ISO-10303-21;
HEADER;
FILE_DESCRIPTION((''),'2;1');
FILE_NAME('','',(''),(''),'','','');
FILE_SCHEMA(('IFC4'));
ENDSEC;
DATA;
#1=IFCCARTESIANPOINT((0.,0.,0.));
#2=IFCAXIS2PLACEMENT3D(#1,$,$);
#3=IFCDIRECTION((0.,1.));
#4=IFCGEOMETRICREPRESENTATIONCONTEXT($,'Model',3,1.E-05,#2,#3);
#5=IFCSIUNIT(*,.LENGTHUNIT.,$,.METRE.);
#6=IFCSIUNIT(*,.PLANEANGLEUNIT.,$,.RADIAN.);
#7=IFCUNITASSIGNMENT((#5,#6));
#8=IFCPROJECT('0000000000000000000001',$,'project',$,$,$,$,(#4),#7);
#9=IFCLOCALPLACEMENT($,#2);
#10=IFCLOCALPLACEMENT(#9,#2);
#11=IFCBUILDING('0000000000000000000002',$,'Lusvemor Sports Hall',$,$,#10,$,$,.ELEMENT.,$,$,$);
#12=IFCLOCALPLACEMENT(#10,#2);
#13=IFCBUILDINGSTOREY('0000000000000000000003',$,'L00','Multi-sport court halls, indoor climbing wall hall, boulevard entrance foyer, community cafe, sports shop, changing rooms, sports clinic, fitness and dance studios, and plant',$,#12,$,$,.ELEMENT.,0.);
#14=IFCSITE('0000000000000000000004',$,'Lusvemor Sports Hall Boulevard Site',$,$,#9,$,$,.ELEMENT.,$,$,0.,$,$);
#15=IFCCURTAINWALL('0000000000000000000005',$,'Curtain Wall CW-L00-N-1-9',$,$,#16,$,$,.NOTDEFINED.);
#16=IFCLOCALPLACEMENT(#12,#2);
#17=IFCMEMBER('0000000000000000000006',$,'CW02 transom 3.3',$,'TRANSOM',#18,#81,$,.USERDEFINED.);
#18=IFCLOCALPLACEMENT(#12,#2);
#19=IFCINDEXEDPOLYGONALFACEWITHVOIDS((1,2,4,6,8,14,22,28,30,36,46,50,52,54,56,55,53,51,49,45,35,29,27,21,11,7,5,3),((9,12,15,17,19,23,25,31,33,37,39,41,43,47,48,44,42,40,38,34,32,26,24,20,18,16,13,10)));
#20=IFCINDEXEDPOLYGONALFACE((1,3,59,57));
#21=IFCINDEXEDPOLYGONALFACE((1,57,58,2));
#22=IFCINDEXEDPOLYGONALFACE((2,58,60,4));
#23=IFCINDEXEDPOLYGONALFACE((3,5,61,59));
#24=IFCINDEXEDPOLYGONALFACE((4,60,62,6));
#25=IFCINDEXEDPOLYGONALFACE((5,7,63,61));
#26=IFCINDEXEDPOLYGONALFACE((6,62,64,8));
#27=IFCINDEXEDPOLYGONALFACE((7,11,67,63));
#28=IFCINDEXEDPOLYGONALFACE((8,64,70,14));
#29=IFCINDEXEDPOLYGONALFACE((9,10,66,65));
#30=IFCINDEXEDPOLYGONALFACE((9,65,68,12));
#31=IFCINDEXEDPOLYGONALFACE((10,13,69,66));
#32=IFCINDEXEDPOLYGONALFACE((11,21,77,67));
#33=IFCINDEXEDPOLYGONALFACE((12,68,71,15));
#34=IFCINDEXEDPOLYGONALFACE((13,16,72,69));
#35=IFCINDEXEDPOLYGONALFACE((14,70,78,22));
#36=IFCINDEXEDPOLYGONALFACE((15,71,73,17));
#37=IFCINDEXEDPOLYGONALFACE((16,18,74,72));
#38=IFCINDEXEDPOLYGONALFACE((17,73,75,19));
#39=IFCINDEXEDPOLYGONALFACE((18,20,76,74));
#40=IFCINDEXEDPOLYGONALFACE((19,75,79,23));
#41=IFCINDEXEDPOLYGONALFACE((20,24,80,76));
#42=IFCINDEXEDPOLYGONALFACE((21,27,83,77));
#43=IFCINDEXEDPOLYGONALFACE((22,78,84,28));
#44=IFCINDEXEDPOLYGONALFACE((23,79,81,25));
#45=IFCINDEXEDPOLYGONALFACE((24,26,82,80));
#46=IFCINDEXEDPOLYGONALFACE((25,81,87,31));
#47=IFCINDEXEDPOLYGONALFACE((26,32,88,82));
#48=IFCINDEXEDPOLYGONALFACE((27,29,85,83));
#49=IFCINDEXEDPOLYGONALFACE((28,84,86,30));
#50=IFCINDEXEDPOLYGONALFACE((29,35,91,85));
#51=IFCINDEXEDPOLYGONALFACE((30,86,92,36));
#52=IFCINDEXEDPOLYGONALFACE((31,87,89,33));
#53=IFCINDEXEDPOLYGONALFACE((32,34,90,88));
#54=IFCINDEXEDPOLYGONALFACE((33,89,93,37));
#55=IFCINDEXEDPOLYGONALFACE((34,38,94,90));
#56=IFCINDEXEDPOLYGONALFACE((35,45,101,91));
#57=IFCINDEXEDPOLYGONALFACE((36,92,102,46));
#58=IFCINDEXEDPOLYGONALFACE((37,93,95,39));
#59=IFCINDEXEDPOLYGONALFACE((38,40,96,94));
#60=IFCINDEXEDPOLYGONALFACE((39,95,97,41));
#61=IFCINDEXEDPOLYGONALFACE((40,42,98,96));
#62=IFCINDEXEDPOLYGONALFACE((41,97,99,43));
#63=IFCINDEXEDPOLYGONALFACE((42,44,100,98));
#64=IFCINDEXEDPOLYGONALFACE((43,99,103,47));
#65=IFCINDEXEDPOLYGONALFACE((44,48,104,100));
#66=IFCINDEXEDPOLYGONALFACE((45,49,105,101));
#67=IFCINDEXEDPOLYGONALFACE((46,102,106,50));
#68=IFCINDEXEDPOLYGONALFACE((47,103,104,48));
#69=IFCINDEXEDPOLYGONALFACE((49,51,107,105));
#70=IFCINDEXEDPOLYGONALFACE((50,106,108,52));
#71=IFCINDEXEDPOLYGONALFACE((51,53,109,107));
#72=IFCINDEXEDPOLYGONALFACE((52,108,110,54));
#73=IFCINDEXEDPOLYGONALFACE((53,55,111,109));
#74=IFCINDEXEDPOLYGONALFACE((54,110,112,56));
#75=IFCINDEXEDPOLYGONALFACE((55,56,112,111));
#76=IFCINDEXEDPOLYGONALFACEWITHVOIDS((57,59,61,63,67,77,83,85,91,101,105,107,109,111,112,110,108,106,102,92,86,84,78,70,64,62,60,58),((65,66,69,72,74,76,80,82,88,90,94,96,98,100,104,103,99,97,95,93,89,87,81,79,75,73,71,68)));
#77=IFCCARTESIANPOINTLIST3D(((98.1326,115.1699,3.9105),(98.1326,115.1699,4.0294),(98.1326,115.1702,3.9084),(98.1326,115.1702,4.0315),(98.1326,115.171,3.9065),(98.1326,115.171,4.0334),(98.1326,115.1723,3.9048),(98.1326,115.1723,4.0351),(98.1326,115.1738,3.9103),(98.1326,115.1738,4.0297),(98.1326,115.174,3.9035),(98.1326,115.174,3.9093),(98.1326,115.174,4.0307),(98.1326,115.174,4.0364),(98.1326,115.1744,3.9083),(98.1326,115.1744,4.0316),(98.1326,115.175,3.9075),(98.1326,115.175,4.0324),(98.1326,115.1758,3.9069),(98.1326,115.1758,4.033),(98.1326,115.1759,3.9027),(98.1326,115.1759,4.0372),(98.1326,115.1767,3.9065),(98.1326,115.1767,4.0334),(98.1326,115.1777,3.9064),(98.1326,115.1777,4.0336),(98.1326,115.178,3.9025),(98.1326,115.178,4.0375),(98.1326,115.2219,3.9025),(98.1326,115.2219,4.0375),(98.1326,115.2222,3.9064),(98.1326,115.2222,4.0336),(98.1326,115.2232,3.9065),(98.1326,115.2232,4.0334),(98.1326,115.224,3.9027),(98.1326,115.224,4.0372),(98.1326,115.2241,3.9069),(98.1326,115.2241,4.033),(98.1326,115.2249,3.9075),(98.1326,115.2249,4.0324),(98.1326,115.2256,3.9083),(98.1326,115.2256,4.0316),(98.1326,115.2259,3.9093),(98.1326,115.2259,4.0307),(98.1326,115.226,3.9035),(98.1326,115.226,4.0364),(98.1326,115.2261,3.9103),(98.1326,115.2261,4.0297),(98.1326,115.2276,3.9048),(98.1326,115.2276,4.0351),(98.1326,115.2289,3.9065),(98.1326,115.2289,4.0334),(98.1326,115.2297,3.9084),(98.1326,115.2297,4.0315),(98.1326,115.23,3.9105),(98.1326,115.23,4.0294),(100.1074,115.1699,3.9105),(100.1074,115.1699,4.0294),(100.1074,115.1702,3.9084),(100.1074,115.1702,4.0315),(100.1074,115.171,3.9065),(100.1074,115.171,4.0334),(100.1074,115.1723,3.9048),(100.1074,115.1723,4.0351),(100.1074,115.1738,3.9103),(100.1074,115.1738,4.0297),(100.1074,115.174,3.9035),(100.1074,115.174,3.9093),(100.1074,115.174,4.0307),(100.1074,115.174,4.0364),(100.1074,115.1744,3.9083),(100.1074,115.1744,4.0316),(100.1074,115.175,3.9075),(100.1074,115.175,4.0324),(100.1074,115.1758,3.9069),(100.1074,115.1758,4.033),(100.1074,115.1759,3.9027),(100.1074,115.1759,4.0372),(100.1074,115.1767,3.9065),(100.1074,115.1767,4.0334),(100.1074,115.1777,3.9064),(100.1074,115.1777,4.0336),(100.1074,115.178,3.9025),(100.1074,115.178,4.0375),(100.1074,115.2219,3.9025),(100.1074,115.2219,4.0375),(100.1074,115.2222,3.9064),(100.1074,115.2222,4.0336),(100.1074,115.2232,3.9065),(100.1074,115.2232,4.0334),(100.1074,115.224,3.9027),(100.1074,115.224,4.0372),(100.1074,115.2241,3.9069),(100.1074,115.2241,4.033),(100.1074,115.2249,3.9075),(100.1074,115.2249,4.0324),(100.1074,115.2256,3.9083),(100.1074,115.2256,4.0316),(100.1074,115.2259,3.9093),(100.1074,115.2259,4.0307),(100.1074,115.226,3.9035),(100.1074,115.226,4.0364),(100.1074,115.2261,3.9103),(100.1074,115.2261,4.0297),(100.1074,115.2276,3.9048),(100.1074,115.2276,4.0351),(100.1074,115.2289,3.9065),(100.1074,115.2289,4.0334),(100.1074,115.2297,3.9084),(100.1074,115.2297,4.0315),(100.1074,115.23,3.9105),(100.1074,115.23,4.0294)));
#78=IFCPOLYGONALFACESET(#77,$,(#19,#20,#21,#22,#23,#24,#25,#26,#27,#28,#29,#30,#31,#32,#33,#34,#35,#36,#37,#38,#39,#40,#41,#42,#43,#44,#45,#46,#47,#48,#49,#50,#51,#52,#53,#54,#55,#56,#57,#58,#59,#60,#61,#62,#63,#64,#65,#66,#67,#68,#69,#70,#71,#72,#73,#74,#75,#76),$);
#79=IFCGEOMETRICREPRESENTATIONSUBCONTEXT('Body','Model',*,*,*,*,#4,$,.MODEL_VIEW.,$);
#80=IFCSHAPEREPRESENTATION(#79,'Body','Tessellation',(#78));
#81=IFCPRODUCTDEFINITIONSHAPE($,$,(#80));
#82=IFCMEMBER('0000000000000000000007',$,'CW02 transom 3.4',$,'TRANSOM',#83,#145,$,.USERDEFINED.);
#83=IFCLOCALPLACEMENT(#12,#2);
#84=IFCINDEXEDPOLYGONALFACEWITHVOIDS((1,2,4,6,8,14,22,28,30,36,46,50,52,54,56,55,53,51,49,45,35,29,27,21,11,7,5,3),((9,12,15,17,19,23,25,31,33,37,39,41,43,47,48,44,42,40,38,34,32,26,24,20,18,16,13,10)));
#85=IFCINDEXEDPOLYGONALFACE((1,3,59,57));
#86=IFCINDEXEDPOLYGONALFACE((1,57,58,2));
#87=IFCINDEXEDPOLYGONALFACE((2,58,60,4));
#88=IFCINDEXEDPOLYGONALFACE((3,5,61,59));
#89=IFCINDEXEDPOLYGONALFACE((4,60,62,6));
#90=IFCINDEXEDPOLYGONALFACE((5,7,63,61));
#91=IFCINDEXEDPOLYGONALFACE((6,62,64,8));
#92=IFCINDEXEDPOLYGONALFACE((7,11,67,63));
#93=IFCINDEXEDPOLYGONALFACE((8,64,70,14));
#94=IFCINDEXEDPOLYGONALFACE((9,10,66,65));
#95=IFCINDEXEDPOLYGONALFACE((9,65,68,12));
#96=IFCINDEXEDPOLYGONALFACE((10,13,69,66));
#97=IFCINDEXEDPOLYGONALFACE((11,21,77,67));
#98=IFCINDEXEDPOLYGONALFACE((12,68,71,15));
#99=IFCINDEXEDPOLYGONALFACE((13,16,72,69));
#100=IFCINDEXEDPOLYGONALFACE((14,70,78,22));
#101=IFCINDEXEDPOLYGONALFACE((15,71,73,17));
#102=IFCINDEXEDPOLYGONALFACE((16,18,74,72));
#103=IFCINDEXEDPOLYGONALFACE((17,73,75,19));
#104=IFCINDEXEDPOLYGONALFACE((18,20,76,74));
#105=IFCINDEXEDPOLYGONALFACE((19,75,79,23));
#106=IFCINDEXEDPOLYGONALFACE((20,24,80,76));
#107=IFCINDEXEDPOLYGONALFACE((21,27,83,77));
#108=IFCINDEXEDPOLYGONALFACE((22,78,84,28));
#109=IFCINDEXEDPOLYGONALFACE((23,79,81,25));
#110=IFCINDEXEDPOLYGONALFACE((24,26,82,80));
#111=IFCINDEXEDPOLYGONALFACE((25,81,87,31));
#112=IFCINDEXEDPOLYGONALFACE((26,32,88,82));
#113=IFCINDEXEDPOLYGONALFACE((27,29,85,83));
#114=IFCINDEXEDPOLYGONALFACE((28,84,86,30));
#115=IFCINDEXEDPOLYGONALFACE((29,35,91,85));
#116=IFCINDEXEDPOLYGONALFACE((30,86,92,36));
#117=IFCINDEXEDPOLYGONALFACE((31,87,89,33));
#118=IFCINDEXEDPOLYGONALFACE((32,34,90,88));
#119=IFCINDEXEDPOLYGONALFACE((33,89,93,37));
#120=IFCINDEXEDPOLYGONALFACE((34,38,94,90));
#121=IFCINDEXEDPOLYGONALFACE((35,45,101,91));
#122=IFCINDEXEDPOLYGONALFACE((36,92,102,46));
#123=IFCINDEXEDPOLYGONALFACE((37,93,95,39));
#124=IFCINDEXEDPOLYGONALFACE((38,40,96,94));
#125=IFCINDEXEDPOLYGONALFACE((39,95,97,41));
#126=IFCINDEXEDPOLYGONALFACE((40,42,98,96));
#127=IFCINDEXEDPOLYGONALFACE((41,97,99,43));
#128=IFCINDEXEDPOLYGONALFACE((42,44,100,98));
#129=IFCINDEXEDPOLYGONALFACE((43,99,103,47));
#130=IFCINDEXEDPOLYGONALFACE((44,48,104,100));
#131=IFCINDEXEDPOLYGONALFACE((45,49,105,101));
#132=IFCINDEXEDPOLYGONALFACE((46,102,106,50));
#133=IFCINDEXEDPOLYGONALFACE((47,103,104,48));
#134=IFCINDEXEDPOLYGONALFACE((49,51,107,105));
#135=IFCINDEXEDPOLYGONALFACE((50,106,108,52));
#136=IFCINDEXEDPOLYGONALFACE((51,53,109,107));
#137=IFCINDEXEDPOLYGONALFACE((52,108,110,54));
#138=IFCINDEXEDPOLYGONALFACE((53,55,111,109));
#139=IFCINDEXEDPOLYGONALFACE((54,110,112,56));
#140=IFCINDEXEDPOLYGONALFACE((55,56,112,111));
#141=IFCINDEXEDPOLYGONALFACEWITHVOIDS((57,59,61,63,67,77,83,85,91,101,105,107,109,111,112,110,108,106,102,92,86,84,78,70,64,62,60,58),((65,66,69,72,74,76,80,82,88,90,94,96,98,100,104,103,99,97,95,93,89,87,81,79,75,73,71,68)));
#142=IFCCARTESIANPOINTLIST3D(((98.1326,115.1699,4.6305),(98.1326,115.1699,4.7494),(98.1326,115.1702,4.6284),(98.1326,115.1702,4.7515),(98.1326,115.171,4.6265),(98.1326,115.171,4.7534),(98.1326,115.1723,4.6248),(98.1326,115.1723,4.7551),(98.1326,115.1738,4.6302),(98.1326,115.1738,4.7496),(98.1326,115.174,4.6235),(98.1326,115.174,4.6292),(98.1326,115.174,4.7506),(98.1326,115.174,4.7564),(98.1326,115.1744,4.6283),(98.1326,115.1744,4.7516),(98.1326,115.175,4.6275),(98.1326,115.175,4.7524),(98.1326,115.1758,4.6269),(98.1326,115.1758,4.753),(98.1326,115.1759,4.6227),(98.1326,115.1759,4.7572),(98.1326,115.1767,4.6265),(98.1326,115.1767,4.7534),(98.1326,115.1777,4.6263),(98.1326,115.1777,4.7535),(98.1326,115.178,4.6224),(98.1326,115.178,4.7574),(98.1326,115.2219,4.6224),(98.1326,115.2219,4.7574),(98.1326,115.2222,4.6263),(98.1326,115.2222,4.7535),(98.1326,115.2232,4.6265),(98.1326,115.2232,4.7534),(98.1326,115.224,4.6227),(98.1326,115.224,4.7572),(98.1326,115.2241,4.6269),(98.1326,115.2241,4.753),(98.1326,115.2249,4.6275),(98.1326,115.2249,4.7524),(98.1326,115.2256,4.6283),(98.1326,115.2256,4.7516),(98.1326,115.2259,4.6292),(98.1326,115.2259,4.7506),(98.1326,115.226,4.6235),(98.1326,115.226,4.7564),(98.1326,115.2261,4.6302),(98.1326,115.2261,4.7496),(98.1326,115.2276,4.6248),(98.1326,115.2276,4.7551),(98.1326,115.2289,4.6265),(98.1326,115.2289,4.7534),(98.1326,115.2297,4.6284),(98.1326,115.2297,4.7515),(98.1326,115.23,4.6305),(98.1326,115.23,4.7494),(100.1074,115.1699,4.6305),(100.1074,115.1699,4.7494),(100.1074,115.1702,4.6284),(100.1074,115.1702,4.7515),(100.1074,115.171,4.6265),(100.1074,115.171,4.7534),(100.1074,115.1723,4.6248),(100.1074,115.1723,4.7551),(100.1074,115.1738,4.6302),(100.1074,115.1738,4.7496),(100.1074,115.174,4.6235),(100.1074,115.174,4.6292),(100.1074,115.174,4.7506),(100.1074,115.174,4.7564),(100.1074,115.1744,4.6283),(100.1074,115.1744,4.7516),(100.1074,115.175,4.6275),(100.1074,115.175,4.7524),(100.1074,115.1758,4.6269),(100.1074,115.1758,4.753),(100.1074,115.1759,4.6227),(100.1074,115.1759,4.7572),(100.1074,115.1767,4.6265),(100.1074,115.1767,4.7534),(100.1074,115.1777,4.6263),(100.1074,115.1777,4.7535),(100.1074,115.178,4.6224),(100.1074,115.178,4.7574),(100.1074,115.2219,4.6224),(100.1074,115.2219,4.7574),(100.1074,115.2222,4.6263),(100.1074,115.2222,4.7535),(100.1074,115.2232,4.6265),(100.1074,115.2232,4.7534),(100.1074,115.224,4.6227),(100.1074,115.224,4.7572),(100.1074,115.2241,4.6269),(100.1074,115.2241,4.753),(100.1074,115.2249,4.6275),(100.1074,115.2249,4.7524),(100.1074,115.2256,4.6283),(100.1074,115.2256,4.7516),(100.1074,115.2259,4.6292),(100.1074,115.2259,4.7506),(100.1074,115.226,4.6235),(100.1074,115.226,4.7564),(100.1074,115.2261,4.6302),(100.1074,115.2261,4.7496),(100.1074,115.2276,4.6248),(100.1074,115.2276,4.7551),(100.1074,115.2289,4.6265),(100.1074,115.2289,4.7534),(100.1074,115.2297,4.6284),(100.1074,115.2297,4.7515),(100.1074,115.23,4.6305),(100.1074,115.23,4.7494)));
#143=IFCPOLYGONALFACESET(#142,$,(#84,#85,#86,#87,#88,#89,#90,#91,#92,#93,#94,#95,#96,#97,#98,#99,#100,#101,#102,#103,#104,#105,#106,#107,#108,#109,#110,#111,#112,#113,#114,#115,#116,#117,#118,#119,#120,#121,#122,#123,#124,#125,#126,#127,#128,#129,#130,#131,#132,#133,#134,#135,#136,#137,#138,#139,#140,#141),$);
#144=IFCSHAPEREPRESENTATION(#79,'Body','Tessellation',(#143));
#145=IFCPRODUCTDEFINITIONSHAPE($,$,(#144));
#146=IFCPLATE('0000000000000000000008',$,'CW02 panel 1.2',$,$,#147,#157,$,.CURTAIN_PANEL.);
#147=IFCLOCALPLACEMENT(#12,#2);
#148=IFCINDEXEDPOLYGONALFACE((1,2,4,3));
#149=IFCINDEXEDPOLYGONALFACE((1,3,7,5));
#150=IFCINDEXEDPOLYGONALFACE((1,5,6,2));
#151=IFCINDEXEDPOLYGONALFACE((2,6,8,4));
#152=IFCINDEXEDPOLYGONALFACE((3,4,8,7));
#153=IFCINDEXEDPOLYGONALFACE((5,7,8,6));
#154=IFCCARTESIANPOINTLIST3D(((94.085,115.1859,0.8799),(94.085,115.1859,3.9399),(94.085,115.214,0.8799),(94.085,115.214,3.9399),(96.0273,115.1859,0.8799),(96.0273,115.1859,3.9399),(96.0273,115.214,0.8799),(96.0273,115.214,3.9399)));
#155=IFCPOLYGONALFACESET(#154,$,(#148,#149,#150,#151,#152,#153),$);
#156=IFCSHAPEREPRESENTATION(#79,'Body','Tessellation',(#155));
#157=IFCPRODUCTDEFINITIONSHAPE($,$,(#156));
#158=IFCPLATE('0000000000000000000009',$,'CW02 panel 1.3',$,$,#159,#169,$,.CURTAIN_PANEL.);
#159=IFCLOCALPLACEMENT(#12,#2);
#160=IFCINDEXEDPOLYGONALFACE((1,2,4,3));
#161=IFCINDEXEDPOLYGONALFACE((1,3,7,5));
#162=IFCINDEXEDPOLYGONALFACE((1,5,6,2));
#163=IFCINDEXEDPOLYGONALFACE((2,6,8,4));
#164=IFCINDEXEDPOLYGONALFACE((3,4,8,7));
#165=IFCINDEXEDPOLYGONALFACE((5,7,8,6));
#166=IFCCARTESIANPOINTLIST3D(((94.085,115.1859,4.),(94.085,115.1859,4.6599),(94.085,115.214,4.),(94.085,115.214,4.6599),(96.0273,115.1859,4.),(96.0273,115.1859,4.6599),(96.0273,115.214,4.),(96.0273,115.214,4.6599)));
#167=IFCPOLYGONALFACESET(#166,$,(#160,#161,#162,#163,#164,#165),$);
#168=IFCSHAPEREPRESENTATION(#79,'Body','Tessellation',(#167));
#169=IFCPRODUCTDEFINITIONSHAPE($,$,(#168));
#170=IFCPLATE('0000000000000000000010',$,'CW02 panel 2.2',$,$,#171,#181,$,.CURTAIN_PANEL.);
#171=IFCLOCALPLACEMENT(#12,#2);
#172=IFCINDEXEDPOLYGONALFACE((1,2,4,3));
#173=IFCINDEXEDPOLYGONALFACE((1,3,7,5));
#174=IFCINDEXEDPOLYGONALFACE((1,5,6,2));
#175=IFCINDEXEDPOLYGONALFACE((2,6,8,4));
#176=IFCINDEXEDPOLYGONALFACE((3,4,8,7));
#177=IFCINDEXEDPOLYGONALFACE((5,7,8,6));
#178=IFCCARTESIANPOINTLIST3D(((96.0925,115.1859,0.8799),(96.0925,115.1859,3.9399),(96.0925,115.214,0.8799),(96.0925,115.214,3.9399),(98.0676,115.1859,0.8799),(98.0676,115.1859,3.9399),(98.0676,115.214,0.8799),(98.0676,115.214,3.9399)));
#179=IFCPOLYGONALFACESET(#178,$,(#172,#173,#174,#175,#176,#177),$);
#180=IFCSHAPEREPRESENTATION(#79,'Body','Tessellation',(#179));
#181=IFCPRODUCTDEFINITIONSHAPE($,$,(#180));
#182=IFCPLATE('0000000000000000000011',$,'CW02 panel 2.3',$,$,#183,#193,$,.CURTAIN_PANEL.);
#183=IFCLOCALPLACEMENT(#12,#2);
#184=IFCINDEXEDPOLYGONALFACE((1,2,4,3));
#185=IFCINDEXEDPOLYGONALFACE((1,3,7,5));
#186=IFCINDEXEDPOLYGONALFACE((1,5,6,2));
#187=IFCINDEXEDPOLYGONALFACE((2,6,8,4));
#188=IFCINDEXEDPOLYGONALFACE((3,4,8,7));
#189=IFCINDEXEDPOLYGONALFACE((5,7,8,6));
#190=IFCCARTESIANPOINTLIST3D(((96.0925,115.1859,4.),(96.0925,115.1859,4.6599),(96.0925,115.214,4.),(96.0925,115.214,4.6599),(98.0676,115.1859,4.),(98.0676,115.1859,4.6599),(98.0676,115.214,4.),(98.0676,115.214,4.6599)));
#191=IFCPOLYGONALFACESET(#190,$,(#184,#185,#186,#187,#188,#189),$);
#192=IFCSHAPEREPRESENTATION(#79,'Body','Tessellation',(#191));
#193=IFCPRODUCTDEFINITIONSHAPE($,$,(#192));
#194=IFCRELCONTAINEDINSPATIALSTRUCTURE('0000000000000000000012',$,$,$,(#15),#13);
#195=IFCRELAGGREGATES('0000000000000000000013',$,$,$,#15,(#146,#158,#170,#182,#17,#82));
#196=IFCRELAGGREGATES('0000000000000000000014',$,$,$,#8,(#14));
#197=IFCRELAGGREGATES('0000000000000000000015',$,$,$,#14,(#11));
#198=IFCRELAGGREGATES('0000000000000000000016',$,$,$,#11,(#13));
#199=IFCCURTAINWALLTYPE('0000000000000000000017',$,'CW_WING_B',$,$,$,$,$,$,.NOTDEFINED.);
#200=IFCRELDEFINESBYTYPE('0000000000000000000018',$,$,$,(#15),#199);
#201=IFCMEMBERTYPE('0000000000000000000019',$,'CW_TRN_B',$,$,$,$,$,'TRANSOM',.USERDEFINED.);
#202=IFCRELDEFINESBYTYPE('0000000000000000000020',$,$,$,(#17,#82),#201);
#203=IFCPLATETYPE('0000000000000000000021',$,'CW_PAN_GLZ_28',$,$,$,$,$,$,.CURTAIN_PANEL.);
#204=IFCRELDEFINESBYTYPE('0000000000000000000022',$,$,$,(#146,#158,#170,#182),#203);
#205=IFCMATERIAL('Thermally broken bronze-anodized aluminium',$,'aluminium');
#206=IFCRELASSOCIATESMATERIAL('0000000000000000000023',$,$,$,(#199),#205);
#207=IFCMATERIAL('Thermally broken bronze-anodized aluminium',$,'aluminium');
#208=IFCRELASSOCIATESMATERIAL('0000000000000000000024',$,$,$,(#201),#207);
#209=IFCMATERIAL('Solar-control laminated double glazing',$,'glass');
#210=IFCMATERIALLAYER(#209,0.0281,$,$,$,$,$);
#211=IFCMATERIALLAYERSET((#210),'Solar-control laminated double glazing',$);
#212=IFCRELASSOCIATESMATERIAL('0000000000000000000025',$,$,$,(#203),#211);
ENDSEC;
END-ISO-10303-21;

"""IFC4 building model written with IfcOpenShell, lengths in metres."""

from ifc_helpers import new_model, si_unit, direction, frame, origin, origin_2d, place, context, subcontext, project, spatial, rectangle, hollow_rectangle, extrude, material, layer, layer_set, material_profile, profile_set, type_object, element, aggregate, save


model = new_model("IFC4")

# Units and contexts
model_context = context("Model", 3, precision=1e-05, world=origin(), true_north=direction((0.0, 1.0)))
body_context = subcontext(model_context, "Body", "Model", "MODEL_VIEW")
ifc_project = project(units=[si_unit("LENGTHUNIT", "METRE"), si_unit("PLANEANGLEUNIT", "RADIAN")], contexts=[model_context])

# Site, building, storey
site_placement = place(None, origin())
site = spatial("IfcSite", under=ifc_project, at=site_placement, Name="Lusvemor Sports Hall Boulevard Site", CompositionType="ELEMENT", RefElevation=0.0)
building_placement = place(site_placement, origin())
building = spatial("IfcBuilding", under=site, at=building_placement, Name="Lusvemor Sports Hall", CompositionType="ELEMENT")
storey_placement = place(building_placement, origin())
storey = spatial("IfcBuildingStorey", under=building, at=storey_placement, Name="L00", Description="Multi-sport court halls, indoor climbing wall hall, boulevard entrance foyer, community cafe, sports shop, changing rooms, sports clinic, fitness and dance studios, and plant", CompositionType="ELEMENT", Elevation=0.0)

# Curtain wall, members, plates
ifc_material_1 = material(Name="Thermally broken bronze-anodized aluminium", Category="aluminium")
curtain_wall_type = type_object("IfcCurtainWallType", Name="CW_WING_B", PredefinedType="NOTDEFINED", material=ifc_material_1)
curtain_wall_placement = place(storey_placement, origin())
curtain_wall = element("IfcCurtainWall", 1, at=curtain_wall_placement, inside=storey, type_object=curtain_wall_type, Name="Curtain Wall CW-L00-N-1-9", PredefinedType="NOTDEFINED")
ifc_material_2 = material(Name="Thermally broken bronze-anodized aluminium", Category="aluminium")
ifc_material_profile_1 = material_profile(ifc_material_2, hollow_rectangle(XDim=0.0601, YDim=0.135, WallThickness=0.0039, InnerFilletRadius=0.0039, OuterFilletRadius=0.0081, at=origin_2d()), Name="CWTRN135x60x4")
ifc_profile_set_1 = profile_set([ifc_material_profile_1], Name="Thermally broken bronze-anodized aluminium")
member_type_1 = type_object("IfcMemberType", Name="CW_TRN_B", ElementType="TRANSOM", PredefinedType="USERDEFINED", material=ifc_profile_set_1)
member_1_placement = place(storey_placement, frame((98.1326, 115.2, 3.97), z_axis=(1.0, 0.0, 0.0), x_axis=(0.0, 1.0, 0.0)))
member_1 = element("IfcMember", 2, at=member_1_placement, type_object=member_type_1, Name="CW02 transom 3.3", ObjectType="TRANSOM", PredefinedType="USERDEFINED", context=body_context, shape_type="SweptSolid", body=[
    extrude(hollow_rectangle(XDim=0.0601, YDim=0.135, WallThickness=0.0039, InnerFilletRadius=0.0039, OuterFilletRadius=0.0081, at=origin_2d()), origin(), (0.0, 0.0, 1.0), 1.9749),
])
member_2_placement = place(storey_placement, frame((98.1326, 115.2, 4.6899), z_axis=(1.0, 0.0, 0.0), x_axis=(0.0, 1.0, 0.0)))
member_2 = element("IfcMember", 3, at=member_2_placement, type_object=member_type_1, Name="CW02 transom 3.4", ObjectType="TRANSOM", PredefinedType="USERDEFINED", context=body_context, shape_type="SweptSolid", body=[
    extrude(hollow_rectangle(XDim=0.0601, YDim=0.135, WallThickness=0.0039, InnerFilletRadius=0.0039, OuterFilletRadius=0.0081, at=origin_2d()), origin(), (0.0, 0.0, 1.0), 1.9749),
])
ifc_material_3 = material(Name="Solar-control laminated double glazing", Category="glass")
ifc_layer_1 = layer(ifc_material_3, 0.0281)
ifc_layer_set_1 = layer_set([ifc_layer_1], Name="Solar-control laminated double glazing")
plate_type_1 = type_object("IfcPlateType", Name="CW_PAN_GLZ_28", PredefinedType="CURTAIN_PANEL", material=ifc_layer_set_1)
plate_1_placement = place(storey_placement, frame((95.0562, 115.2, 0.8799), z_axis=(0.0, 0.0, 1.0), x_axis=(1.0, 0.0, 0.0)))
plate_1 = element("IfcPlate", 4, at=plate_1_placement, type_object=plate_type_1, Name="CW02 panel 1.2", PredefinedType="CURTAIN_PANEL", context=body_context, shape_type="SweptSolid", body=[
    extrude(rectangle(XDim=1.9424, YDim=0.0281, at=origin_2d()), origin(), (0.0, 0.0, 1.0), 3.0601),
])
plate_2_placement = place(storey_placement, frame((95.0562, 115.2, 4.0), z_axis=(0.0, 0.0, 1.0), x_axis=(1.0, 0.0, 0.0)))
plate_2 = element("IfcPlate", 5, at=plate_2_placement, type_object=plate_type_1, Name="CW02 panel 1.3", PredefinedType="CURTAIN_PANEL", context=body_context, shape_type="SweptSolid", body=[
    extrude(rectangle(XDim=1.9424, YDim=0.0281, at=origin_2d()), origin(), (0.0, 0.0, 1.0), 0.6599),
])
plate_3_placement = place(storey_placement, frame((97.0801, 115.2, 0.8799), z_axis=(0.0, 0.0, 1.0), x_axis=(1.0, 0.0, 0.0)))
plate_3 = element("IfcPlate", 6, at=plate_3_placement, type_object=plate_type_1, Name="CW02 panel 2.2", PredefinedType="CURTAIN_PANEL", context=body_context, shape_type="SweptSolid", body=[
    extrude(rectangle(XDim=1.9751, YDim=0.0281, at=origin_2d()), origin(), (0.0, 0.0, 1.0), 3.0601),
])
plate_4_placement = place(storey_placement, frame((97.0801, 115.2, 4.0), z_axis=(0.0, 0.0, 1.0), x_axis=(1.0, 0.0, 0.0)))
plate_4 = element("IfcPlate", 7, at=plate_4_placement, type_object=plate_type_1, Name="CW02 panel 2.3", PredefinedType="CURTAIN_PANEL", context=body_context, shape_type="SweptSolid", body=[
    extrude(rectangle(XDim=1.9751, YDim=0.0281, at=origin_2d()), origin(), (0.0, 0.0, 1.0), 0.6599),
])
aggregate(curtain_wall, [plate_1, plate_2, plate_3, plate_4, member_1, member_2])

save(model, "model.ifc")
